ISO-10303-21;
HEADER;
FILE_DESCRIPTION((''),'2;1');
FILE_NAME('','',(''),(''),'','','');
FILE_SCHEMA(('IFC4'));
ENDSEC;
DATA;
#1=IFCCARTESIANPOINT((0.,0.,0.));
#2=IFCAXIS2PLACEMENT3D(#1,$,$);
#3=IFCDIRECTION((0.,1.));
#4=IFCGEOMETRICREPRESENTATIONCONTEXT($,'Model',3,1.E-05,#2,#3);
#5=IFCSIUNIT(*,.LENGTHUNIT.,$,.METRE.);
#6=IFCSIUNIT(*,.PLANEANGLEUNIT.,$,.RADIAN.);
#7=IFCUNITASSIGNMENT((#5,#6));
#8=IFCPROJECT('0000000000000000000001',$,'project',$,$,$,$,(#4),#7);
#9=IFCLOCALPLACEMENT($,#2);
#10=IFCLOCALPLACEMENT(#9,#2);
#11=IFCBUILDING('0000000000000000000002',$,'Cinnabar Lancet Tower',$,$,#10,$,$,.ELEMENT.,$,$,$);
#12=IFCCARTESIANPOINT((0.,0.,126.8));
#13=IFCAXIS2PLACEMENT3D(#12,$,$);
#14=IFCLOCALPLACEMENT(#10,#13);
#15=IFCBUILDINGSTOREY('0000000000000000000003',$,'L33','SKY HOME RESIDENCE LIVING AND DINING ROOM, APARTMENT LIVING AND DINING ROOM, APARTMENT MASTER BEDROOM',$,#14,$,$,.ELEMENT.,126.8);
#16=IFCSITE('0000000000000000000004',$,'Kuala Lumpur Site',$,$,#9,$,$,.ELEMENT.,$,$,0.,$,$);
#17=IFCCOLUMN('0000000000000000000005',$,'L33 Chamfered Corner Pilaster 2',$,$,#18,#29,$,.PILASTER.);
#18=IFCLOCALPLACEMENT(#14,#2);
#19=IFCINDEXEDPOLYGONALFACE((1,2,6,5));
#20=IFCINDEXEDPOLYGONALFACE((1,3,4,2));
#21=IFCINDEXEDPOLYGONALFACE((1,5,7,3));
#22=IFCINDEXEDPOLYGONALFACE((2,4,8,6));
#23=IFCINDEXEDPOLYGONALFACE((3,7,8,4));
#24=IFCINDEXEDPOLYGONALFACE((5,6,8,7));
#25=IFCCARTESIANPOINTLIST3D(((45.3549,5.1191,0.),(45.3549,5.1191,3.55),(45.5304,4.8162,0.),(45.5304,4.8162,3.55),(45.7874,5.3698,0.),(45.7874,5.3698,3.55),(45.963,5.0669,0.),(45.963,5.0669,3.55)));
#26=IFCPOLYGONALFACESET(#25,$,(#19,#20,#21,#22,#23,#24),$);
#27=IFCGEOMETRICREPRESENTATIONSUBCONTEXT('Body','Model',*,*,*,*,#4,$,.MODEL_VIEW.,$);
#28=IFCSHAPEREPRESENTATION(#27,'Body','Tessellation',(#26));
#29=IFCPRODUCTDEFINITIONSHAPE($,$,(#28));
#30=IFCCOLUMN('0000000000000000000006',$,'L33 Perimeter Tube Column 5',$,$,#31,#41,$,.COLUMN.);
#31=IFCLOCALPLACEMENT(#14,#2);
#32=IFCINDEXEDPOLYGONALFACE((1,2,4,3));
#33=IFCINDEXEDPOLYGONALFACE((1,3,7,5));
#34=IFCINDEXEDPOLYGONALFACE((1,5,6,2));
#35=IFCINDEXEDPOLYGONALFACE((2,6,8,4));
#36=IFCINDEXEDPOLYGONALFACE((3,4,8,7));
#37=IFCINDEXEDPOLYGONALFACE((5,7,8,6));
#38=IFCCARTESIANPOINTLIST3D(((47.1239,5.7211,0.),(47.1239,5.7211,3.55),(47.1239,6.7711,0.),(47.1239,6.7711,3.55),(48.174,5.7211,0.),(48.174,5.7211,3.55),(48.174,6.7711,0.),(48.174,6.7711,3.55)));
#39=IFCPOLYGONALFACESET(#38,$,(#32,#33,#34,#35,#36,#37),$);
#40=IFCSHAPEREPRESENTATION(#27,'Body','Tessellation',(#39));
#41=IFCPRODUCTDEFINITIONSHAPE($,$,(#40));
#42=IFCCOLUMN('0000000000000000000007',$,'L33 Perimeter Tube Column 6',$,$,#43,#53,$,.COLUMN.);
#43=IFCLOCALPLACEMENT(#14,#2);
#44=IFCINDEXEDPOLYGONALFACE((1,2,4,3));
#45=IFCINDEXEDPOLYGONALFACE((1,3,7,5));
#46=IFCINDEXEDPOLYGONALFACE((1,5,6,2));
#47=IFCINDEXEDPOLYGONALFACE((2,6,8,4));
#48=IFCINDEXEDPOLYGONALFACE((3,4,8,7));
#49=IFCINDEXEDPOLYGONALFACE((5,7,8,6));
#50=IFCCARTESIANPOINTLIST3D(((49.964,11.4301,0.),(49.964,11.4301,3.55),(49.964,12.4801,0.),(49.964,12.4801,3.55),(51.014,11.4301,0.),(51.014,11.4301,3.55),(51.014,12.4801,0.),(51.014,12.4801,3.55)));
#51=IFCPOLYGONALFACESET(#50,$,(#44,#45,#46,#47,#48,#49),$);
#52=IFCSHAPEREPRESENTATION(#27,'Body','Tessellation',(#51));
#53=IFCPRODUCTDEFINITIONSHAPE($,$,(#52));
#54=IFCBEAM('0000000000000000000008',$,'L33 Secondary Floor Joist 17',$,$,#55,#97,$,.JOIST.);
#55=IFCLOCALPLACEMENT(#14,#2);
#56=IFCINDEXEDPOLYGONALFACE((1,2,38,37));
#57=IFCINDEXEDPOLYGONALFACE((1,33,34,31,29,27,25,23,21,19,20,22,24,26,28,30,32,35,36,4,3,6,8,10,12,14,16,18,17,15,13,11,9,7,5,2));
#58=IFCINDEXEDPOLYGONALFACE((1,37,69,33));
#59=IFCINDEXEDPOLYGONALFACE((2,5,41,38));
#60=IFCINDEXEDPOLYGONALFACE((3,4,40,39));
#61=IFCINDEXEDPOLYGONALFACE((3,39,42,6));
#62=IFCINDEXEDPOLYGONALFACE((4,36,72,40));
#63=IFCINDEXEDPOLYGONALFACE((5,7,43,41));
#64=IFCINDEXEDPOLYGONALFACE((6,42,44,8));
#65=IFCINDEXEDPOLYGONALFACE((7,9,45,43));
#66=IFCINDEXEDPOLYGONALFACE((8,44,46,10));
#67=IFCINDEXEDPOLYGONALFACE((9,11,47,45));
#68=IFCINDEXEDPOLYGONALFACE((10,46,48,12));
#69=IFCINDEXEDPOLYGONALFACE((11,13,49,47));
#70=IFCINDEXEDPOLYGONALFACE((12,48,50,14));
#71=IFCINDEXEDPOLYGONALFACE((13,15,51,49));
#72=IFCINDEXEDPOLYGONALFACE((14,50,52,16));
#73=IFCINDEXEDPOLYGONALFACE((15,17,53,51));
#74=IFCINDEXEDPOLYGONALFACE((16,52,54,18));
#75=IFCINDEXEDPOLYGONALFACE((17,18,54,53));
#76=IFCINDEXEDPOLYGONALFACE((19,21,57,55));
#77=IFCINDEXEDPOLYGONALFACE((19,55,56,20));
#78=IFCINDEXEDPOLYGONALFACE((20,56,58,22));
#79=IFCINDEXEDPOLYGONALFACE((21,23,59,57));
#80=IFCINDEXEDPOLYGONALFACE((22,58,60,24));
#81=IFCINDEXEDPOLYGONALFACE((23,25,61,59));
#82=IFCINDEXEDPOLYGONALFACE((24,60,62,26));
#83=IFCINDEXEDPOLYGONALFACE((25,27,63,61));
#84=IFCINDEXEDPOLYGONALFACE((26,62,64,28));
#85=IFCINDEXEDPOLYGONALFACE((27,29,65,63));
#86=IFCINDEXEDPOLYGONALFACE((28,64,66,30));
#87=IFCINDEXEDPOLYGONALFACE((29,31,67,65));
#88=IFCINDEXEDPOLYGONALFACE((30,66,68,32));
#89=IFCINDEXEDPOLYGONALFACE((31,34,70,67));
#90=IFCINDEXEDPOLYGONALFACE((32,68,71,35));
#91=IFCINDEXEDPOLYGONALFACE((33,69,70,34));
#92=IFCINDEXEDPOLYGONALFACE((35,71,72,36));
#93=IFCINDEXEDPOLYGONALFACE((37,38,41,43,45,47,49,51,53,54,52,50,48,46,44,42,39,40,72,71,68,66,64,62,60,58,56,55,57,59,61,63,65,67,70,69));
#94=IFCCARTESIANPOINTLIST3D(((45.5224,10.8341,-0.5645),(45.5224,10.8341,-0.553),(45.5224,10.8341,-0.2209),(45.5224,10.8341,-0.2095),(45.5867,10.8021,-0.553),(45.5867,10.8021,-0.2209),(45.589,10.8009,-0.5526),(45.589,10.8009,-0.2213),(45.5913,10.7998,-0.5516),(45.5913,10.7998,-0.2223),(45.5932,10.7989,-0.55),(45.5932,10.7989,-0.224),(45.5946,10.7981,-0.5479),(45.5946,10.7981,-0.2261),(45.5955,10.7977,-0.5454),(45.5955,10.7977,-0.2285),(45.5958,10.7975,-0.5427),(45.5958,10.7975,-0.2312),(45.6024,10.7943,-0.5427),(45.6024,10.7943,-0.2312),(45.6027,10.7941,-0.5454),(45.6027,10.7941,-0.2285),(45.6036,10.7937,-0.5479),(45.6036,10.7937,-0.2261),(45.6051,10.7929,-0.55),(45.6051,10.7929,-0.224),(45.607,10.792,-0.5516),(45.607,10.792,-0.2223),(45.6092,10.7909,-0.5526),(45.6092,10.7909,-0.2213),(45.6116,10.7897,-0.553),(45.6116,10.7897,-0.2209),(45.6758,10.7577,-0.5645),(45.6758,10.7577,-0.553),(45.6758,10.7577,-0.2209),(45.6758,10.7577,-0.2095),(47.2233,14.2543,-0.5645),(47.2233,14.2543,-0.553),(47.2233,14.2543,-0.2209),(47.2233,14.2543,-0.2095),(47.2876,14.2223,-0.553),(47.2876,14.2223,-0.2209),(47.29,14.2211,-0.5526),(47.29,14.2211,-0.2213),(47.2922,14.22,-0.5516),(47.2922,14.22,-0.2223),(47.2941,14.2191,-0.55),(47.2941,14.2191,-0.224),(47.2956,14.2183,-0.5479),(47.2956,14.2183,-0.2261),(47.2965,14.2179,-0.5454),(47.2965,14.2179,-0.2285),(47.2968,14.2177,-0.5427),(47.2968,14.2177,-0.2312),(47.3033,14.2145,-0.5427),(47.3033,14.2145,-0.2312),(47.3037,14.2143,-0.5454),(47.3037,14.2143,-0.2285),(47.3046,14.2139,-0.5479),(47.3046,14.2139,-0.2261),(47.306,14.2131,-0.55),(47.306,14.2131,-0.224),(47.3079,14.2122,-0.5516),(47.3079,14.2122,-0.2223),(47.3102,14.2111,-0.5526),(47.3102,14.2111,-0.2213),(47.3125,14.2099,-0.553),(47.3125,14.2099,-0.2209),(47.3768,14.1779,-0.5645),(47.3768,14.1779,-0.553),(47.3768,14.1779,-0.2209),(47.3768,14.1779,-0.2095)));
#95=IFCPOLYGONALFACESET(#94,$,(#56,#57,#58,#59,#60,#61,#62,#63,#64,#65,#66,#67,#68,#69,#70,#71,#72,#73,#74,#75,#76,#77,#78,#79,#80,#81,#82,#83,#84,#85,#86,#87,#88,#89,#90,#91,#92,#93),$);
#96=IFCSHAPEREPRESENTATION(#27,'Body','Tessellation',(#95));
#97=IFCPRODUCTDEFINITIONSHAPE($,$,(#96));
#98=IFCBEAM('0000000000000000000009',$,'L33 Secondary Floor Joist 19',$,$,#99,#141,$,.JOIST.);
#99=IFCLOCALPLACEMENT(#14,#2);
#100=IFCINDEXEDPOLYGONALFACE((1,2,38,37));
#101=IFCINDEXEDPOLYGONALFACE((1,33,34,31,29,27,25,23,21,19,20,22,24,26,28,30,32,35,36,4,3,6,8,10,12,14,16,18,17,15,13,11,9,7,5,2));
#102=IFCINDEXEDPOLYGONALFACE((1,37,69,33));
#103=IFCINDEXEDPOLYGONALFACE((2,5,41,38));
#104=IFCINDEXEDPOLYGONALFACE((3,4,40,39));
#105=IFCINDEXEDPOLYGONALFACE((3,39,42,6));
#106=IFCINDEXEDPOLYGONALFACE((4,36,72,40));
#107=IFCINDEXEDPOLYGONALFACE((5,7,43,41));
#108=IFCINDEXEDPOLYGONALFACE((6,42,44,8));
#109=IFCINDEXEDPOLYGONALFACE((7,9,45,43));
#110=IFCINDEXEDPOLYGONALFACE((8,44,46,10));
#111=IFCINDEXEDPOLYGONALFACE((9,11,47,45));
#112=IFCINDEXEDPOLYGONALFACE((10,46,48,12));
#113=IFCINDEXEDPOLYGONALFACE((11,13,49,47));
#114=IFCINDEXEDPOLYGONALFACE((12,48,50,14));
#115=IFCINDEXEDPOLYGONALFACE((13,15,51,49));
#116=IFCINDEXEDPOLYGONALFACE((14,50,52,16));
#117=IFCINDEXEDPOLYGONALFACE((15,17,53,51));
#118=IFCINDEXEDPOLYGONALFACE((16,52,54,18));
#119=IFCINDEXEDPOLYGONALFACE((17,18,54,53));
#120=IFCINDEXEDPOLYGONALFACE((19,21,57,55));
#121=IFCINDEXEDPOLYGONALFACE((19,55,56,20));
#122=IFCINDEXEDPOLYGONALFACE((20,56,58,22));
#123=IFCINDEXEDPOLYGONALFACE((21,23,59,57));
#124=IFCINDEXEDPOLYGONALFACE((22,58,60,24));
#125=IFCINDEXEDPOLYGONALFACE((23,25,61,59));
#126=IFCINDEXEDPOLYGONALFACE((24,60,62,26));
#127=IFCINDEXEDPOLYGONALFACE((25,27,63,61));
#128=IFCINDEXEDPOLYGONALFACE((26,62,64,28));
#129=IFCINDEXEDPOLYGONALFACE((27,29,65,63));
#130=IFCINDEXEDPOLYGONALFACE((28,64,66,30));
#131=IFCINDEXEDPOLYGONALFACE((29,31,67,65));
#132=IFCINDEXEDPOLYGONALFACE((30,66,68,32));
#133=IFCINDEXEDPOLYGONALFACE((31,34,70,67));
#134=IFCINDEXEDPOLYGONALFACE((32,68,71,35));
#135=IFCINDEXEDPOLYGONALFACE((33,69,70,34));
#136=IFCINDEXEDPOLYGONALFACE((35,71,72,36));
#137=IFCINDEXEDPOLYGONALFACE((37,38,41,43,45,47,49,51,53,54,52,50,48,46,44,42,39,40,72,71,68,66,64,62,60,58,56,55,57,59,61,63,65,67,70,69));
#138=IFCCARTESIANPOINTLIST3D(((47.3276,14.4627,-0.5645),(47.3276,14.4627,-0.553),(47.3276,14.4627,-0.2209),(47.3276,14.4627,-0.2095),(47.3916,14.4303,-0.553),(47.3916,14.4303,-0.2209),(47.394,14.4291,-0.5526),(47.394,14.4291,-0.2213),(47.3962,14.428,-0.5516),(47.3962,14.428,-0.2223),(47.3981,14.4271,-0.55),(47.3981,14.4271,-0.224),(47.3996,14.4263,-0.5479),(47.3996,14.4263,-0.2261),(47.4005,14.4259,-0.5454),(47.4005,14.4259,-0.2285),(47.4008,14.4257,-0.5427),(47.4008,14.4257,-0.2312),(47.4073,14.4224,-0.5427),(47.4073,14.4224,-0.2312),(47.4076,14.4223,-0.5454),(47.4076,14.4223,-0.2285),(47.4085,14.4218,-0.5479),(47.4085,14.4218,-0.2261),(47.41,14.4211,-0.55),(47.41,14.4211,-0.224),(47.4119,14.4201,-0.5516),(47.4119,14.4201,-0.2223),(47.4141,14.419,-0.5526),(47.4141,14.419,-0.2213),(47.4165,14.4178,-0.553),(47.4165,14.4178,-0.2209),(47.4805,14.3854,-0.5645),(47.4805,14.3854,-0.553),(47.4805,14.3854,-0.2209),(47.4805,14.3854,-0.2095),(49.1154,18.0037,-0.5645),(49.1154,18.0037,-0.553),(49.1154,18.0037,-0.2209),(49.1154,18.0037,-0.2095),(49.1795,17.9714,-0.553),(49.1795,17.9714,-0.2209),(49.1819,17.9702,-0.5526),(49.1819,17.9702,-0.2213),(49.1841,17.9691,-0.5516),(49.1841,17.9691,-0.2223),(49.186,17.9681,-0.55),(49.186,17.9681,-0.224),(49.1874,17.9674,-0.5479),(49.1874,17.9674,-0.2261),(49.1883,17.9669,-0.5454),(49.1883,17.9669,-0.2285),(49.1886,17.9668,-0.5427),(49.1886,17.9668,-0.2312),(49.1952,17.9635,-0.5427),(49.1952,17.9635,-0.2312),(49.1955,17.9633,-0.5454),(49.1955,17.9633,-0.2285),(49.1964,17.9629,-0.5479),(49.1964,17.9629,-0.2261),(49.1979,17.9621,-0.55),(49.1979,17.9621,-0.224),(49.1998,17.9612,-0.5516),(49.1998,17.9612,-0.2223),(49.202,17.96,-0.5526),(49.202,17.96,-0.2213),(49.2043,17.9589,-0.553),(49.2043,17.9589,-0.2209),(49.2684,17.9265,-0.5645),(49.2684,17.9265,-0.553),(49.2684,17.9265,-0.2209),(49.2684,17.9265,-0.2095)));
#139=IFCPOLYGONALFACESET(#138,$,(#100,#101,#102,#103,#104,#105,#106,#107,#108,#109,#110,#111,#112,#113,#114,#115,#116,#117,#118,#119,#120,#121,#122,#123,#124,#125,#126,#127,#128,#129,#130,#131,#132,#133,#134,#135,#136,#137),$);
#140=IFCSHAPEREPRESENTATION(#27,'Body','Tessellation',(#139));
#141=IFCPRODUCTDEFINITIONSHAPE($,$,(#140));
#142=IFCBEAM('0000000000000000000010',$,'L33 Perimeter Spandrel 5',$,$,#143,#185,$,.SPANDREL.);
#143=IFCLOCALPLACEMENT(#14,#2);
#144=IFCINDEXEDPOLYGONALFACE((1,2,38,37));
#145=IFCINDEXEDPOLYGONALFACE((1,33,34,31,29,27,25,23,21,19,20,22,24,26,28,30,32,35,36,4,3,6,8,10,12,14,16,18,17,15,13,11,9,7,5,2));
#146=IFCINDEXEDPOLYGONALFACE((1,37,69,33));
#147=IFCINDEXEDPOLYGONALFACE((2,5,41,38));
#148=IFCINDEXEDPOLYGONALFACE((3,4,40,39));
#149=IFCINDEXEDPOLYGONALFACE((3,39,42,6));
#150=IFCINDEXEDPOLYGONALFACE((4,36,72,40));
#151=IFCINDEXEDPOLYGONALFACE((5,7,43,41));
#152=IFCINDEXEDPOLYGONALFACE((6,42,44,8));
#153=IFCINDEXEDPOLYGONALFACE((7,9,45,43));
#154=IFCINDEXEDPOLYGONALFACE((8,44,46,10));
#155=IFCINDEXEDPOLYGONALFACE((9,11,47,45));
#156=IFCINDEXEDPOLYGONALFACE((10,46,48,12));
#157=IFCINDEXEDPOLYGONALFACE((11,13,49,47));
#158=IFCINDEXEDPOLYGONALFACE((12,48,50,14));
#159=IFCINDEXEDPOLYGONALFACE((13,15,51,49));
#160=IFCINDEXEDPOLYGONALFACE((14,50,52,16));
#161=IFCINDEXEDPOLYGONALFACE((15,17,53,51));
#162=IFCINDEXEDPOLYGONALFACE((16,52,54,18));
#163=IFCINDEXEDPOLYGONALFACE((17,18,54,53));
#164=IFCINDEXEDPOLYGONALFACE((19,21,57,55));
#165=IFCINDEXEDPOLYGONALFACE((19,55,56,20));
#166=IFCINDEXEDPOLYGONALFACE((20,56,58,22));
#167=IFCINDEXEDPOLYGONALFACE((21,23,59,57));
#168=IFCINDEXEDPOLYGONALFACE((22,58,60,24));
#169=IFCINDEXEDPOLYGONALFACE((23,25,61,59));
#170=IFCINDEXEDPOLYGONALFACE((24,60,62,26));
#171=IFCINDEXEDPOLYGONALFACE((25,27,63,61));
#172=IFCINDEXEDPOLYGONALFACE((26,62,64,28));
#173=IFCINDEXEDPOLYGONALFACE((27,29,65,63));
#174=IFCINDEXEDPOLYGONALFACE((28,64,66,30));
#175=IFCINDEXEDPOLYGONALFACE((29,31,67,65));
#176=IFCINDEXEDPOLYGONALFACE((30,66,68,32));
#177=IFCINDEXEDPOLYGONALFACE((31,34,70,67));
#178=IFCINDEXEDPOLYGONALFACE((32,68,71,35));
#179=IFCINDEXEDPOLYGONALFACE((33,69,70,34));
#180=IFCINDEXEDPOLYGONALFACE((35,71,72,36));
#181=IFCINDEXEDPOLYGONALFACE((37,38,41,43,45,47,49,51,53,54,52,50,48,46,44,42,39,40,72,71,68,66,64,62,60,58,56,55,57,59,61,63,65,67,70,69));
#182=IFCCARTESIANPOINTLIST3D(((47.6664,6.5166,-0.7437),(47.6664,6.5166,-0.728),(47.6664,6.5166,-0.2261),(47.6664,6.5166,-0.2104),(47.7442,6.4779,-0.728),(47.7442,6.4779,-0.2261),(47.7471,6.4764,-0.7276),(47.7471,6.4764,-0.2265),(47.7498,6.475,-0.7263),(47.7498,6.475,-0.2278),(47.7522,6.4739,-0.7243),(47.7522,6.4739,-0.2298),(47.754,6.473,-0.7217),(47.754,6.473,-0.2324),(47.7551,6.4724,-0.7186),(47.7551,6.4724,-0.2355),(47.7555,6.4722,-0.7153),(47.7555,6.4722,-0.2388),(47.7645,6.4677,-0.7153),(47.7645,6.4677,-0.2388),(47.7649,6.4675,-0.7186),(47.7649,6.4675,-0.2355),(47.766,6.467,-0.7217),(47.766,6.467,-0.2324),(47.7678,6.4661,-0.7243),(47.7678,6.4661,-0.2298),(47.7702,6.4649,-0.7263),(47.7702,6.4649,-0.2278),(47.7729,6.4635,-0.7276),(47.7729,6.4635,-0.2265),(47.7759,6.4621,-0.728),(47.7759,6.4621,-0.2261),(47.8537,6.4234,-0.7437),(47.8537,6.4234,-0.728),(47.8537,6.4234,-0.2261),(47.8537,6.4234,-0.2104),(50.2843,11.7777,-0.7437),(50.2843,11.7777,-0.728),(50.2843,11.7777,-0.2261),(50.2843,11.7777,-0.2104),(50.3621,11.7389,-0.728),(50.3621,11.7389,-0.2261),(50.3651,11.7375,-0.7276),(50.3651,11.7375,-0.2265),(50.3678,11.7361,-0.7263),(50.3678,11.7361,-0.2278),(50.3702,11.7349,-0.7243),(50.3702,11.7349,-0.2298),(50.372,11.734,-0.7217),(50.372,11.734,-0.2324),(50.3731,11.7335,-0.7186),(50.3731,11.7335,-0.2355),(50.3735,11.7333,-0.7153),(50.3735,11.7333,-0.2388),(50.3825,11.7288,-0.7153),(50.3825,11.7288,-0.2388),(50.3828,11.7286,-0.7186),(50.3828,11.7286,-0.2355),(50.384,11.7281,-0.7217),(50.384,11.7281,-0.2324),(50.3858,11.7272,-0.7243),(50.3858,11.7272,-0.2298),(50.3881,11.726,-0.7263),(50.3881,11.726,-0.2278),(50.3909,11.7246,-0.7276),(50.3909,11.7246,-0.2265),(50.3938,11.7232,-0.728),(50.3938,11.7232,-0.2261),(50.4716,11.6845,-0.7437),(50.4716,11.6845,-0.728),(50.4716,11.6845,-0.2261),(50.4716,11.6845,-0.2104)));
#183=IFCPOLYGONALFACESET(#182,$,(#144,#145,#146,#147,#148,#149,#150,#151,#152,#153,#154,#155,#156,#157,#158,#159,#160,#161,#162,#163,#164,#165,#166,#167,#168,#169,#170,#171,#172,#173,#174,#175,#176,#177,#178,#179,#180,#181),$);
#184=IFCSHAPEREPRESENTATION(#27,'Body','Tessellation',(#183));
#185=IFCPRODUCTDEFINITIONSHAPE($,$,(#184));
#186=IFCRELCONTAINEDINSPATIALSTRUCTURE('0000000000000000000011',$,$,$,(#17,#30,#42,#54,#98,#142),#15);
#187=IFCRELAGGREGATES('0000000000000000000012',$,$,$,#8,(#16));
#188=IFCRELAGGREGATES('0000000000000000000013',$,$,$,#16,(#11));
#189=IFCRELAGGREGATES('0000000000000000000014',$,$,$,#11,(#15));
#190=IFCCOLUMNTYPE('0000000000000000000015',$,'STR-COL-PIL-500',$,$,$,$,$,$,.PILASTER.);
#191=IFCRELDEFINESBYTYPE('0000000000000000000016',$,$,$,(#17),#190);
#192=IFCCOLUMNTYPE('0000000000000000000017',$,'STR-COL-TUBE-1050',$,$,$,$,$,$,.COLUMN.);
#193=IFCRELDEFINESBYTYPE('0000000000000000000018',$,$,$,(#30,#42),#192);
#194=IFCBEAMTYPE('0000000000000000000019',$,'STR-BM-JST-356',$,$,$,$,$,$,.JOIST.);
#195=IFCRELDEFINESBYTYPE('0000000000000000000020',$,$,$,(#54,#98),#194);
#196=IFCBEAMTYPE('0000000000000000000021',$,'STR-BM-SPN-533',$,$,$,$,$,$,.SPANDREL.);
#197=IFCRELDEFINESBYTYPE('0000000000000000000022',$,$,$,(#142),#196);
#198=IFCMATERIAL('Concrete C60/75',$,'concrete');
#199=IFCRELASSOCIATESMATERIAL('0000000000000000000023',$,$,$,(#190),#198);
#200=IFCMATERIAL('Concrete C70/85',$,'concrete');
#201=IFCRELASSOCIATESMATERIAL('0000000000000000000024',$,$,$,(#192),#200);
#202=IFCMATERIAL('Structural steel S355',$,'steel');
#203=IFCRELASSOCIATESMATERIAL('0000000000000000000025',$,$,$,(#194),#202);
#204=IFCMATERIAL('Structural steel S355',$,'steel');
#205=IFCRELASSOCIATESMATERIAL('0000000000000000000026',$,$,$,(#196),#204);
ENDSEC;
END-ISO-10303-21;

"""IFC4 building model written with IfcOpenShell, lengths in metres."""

from ifc_helpers import new_model, si_unit, direction, frame, origin, origin_2d, place, context, subcontext, project, spatial, rectangle, i_section, extrude, material, material_profile, profile_set, type_object, element, save


model = new_model("IFC4")

# Units and contexts
model_context = context("Model", 3, precision=1e-05, world=origin(), true_north=direction((0.0, 1.0)))
body_context = subcontext(model_context, "Body", "Model", "MODEL_VIEW")
ifc_project = project(units=[si_unit("LENGTHUNIT", "METRE"), si_unit("PLANEANGLEUNIT", "RADIAN")], contexts=[model_context])

# Site, building, storey
site_placement = place(None, origin())
site = spatial("IfcSite", under=ifc_project, at=site_placement, Name="Kuala Lumpur Site", CompositionType="ELEMENT", RefElevation=0.0)
building_placement = place(site_placement, origin())
building = spatial("IfcBuilding", under=site, at=building_placement, Name="Cinnabar Lancet Tower", CompositionType="ELEMENT")
storey_placement = place(building_placement, frame((0.0, 0.0, 126.8)))
storey = spatial("IfcBuildingStorey", under=building, at=storey_placement, Name="L33", Description="SKY HOME RESIDENCE LIVING AND DINING ROOM, APARTMENT LIVING AND DINING ROOM, APARTMENT MASTER BEDROOM", CompositionType="ELEMENT", Elevation=126.8)

# Columns
ifc_material_1 = material(Name="Concrete C60/75", Category="concrete")
ifc_material_profile_1 = material_profile(ifc_material_1, rectangle(XDim=0.5, YDim=0.3501, at=origin_2d()), Name="RC-PIL 500x350")
ifc_profile_set_1 = profile_set([ifc_material_profile_1], Name="Concrete C60/75")
column_type_1 = type_object("IfcColumnType", Name="STR-COL-PIL-500", PredefinedType="PILASTER", material=ifc_profile_set_1)
column_placement = place(storey_placement, frame((45.6589, 5.093, 0.0), z_axis=(0.0, 0.0, 1.0), x_axis=(0.86516, 0.501496, 0.0)))
element("IfcColumn", 1, at=column_placement, inside=storey, type_object=column_type_1, Name="L33 Chamfered Corner Pilaster 2", PredefinedType="PILASTER", context=body_context, shape_type="SweptSolid", body=[
    extrude(rectangle(XDim=0.5, YDim=0.3501, at=origin_2d()), origin(), (0.0, 0.0, 1.0), 3.55),
])
ifc_material_2 = material(Name="Concrete C70/85", Category="concrete")
ifc_material_profile_2 = material_profile(ifc_material_2, rectangle(XDim=1.05, YDim=1.05, at=origin_2d()), Name="RC-COL 1050x1050")
ifc_profile_set_2 = profile_set([ifc_material_profile_2], Name="Concrete C70/85")
column_type_2 = type_object("IfcColumnType", Name="STR-COL-TUBE-1050", PredefinedType="COLUMN", material=ifc_profile_set_2)
for number, where, z_axis, x_axis, name in (
    (2, (47.6489, 6.2461, 0.0), (0.0, 0.0, 1.0), (1.0, 0.0, 0.0), "L33 Perimeter Tube Column 5"),
    (3, (50.489, 11.9551, 0.0), (0.0, 0.0, 1.0), (1.0, 0.0, 0.0), "L33 Perimeter Tube Column 6"),
):
    element("IfcColumn", number, at=place(storey_placement, frame(where, z_axis=z_axis, x_axis=x_axis)), inside=storey, type_object=column_type_2, Name=name, PredefinedType="COLUMN", context=body_context, shape_type="SweptSolid", body=[
        extrude(rectangle(XDim=1.05, YDim=1.05, at=origin_2d()), origin(), (0.0, 0.0, 1.0), 3.55),
    ])

# Beams
ifc_material_3 = material(Name="Structural steel S355", Category="steel")
ifc_material_profile_3 = material_profile(ifc_material_3, i_section(OverallWidth=0.1714, OverallDepth=0.355, WebThickness=0.0073, FlangeThickness=0.0115, FilletRadius=0.0103, at=origin_2d()), Name="UKB 356x171x51")
ifc_profile_set_3 = profile_set([ifc_material_profile_3], Name="Structural steel S355")
beam_type_1 = type_object("IfcBeamType", Name="STR-BM-JST-356", PredefinedType="JOIST", material=ifc_profile_set_3)
beam_1_placement = place(storey_placement, frame((45.5991, 10.7959, -0.387), z_axis=(0.445295, 0.895384, 0.0), x_axis=(-0.895384, 0.445295, 0.0)))
element("IfcBeam", 4, at=beam_1_placement, inside=storey, type_object=beam_type_1, Name="L33 Secondary Floor Joist 17", PredefinedType="JOIST", context=body_context, shape_type="SweptSolid", body=[
    extrude(i_section(OverallWidth=0.1714, OverallDepth=0.355, WebThickness=0.0073, FlangeThickness=0.0115, FilletRadius=0.0103, at=origin_2d()), origin(), (0.0, 0.0, 1.0), 3.8198),
])
beam_2_placement = place(storey_placement, frame((47.4041, 14.4241, -0.387), z_axis=(0.450706, 0.892672, 0.0), x_axis=(-0.892672, 0.450706, 0.0)))
element("IfcBeam", 5, at=beam_2_placement, inside=storey, type_object=beam_type_1, Name="L33 Secondary Floor Joist 19", PredefinedType="JOIST", context=body_context, shape_type="SweptSolid", body=[
    extrude(i_section(OverallWidth=0.1714, OverallDepth=0.355, WebThickness=0.0073, FlangeThickness=0.0115, FilletRadius=0.0103, at=origin_2d()), origin(), (0.0, 0.0, 1.0), 3.9668),
])
ifc_material_4 = material(Name="Structural steel S355", Category="steel")
ifc_material_profile_4 = material_profile(ifc_material_4, i_section(OverallWidth=0.2092, OverallDepth=0.5332, WebThickness=0.01, FlangeThickness=0.0156, FilletRadius=0.0127, at=origin_2d()), Name="UKB 533x210x92")
ifc_profile_set_4 = profile_set([ifc_material_profile_4], Name="Structural steel S355")
beam_type_2 = type_object("IfcBeamType", Name="STR-BM-SPN-533", PredefinedType="SPANDREL", material=ifc_profile_set_4)
beam_3_placement = place(storey_placement, frame((47.76, 6.47, -0.4771), z_axis=(0.445501, 0.895281, 0.0), x_axis=(-0.895281, 0.445501, 0.0)))
element("IfcBeam", 6, at=beam_3_placement, inside=storey, type_object=beam_type_2, Name="L33 Perimeter Spandrel 5", PredefinedType="SPANDREL", context=body_context, shape_type="SweptSolid", body=[
    extrude(i_section(OverallWidth=0.2092, OverallDepth=0.5332, WebThickness=0.01, FlangeThickness=0.0156, FilletRadius=0.0127, at=origin_2d()), origin(), (0.0, 0.0, 1.0), 5.8765),
])

save(model, "model.ifc")
